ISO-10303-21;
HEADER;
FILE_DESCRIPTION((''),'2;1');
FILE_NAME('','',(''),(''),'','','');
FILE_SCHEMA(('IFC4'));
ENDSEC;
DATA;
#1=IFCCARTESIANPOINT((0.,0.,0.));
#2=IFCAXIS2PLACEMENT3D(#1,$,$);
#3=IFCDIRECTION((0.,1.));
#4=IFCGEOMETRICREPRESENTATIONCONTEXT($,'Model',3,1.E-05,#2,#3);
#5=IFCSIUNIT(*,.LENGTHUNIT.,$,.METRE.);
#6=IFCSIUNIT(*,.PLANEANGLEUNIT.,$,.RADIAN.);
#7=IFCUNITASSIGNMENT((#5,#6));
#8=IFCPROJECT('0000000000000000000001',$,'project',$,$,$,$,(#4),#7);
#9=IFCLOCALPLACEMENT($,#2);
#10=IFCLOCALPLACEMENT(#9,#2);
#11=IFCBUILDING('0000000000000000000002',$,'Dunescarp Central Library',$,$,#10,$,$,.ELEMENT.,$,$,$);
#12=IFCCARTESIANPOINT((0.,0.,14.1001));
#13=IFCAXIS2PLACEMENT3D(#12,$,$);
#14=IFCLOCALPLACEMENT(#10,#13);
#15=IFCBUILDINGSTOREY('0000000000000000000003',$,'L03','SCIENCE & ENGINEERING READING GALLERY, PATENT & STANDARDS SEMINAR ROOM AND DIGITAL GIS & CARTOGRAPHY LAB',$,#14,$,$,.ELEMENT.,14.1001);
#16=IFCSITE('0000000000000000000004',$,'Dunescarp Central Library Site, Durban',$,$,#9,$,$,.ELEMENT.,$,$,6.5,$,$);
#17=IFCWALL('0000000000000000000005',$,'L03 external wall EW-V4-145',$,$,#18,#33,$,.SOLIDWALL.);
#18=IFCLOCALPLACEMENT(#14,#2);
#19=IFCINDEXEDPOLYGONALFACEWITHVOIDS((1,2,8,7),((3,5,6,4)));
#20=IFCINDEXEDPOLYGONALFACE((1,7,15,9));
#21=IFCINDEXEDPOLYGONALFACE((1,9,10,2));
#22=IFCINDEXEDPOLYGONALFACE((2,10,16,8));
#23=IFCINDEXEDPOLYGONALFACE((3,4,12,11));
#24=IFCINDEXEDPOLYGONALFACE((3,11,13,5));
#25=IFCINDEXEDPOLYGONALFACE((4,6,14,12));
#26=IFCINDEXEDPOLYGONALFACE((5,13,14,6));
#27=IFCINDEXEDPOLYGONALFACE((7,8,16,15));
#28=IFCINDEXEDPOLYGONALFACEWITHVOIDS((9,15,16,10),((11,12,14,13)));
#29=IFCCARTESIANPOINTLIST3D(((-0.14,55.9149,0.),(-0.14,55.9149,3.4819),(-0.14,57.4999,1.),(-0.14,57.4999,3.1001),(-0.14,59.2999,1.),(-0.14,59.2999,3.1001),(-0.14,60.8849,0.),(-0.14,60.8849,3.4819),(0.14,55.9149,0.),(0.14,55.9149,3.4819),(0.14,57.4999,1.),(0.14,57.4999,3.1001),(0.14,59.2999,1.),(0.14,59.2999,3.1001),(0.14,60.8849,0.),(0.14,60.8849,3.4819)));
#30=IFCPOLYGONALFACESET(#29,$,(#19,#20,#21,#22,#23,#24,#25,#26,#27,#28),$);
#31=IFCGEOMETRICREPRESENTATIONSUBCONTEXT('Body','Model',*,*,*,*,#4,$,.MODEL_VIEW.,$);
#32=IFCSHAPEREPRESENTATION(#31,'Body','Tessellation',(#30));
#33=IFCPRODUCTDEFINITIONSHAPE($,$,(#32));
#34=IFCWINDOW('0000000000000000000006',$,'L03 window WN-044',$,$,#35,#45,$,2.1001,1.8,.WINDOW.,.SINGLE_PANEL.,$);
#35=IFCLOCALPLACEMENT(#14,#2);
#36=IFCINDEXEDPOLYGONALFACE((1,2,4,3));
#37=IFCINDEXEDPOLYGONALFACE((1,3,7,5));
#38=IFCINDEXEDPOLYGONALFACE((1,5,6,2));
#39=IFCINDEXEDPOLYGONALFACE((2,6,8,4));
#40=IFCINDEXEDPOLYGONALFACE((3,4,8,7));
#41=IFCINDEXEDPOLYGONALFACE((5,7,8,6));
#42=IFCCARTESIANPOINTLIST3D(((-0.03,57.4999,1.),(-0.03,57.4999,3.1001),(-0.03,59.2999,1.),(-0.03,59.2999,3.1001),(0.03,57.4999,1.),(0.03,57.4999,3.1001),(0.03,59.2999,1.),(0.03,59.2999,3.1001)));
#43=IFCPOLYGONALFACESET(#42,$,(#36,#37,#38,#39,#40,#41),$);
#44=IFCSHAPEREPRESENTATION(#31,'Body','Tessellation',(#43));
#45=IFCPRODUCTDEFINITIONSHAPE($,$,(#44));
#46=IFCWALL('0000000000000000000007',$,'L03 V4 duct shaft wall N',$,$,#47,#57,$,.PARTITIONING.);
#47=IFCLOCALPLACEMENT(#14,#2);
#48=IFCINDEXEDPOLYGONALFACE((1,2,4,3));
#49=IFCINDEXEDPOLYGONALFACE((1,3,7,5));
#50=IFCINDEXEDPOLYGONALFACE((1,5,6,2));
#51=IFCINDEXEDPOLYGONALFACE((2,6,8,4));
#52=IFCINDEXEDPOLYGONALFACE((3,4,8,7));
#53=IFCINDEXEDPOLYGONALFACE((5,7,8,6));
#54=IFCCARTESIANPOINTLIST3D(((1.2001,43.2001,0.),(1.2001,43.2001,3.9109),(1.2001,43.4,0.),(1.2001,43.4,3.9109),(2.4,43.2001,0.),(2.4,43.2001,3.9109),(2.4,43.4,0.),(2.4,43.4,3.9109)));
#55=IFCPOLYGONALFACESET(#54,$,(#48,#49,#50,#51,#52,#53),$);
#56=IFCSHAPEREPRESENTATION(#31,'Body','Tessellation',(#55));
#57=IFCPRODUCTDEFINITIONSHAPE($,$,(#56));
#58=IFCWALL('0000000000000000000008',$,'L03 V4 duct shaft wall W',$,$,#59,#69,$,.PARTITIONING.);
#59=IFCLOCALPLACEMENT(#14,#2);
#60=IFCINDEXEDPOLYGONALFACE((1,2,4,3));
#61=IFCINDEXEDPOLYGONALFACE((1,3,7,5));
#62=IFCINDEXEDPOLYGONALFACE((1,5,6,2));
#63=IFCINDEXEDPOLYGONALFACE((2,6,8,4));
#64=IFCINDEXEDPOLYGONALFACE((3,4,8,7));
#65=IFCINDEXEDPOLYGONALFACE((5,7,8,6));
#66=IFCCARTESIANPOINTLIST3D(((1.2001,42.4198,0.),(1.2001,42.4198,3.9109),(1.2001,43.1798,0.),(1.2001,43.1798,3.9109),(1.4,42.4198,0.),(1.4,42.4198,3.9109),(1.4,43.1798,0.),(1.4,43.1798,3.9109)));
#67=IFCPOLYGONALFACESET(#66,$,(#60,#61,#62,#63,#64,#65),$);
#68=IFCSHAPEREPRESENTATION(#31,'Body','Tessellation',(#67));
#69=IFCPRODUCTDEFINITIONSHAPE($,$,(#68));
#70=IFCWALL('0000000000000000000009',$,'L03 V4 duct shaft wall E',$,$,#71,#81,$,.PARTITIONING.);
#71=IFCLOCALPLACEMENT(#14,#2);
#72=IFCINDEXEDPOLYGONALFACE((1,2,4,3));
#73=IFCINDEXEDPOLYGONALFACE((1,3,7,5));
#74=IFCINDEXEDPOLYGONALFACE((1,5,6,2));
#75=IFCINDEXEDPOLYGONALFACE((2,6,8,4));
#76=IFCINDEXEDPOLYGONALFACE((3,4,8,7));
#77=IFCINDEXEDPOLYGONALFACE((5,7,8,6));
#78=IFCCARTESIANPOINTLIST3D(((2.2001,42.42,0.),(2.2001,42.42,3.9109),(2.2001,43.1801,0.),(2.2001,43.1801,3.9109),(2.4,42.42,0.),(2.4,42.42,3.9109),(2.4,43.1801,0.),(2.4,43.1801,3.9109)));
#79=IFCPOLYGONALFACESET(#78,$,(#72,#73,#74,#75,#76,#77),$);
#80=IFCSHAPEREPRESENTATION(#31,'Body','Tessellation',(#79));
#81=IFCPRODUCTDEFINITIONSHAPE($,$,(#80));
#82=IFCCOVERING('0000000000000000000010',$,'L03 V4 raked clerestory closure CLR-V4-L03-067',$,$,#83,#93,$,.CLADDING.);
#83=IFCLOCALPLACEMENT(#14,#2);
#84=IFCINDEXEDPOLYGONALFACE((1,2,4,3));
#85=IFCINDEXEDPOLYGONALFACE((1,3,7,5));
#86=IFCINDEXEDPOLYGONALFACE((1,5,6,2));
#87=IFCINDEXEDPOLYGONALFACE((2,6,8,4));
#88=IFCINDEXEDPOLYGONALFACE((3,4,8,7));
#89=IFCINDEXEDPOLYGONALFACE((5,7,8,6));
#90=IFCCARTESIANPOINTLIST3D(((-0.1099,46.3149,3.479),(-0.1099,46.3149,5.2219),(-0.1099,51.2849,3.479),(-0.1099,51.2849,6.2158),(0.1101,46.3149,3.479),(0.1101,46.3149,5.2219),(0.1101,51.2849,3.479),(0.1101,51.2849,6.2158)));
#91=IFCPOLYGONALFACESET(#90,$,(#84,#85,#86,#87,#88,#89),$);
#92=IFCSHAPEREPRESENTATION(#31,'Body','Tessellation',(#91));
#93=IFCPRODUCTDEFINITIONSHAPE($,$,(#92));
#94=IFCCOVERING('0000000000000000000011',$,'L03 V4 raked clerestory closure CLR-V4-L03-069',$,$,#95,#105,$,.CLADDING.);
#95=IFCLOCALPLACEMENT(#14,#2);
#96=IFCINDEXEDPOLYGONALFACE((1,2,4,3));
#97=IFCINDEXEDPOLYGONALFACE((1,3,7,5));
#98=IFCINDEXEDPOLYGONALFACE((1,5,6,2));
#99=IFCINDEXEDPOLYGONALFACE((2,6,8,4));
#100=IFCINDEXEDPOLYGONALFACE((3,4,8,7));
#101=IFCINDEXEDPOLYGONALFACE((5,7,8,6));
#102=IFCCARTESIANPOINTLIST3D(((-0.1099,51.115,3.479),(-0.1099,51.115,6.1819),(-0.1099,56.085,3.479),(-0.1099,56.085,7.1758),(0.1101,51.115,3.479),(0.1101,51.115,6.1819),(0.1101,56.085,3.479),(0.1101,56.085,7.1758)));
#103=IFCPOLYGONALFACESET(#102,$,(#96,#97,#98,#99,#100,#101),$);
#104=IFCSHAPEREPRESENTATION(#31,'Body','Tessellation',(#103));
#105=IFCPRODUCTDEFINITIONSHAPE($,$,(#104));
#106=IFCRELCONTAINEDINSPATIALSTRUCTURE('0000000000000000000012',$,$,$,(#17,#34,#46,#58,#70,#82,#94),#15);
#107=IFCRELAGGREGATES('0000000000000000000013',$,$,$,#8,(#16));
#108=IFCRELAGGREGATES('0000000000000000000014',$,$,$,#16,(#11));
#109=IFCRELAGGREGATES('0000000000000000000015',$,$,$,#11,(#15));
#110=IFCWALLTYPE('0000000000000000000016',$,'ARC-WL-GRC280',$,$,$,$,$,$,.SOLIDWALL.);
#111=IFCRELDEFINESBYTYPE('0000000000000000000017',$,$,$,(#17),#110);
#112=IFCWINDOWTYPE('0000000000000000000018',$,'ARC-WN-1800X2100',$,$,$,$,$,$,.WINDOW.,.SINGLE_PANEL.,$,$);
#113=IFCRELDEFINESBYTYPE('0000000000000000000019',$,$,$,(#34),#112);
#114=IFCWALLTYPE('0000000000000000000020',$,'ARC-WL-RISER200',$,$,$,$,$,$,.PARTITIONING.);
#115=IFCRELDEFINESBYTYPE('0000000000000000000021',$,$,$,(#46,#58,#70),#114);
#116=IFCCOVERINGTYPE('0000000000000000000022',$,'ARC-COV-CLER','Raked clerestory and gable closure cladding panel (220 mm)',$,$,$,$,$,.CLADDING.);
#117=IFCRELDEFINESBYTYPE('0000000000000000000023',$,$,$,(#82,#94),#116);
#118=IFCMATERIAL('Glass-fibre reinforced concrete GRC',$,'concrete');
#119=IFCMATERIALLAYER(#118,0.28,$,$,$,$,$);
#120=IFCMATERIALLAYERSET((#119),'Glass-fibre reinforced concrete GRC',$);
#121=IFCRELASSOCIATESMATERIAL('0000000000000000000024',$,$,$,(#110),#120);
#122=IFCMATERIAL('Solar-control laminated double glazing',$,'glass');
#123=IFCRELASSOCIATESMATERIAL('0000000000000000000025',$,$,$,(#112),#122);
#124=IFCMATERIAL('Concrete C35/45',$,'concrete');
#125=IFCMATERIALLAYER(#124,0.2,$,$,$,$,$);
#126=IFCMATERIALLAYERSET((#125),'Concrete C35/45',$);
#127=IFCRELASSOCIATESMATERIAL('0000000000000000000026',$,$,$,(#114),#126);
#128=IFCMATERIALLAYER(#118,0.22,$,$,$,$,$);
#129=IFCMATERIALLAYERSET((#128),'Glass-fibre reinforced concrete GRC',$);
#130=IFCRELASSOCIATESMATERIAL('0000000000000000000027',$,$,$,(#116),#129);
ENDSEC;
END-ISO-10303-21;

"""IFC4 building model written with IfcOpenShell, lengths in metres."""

from ifc_helpers import new_model, si_unit, direction, frame, frame_2d, origin, place, context, subcontext, project, spatial, polyline, rectangle, outline, extrude, material, layer, layer_set, type_object, element, fill, save


model = new_model("IFC4")

# Units and contexts
model_context = context("Model", 3, precision=1e-05, world=origin(), true_north=direction((0.0, 1.0)))
body_context = subcontext(model_context, "Body", "Model", "MODEL_VIEW")
ifc_project = project(units=[si_unit("LENGTHUNIT", "METRE"), si_unit("PLANEANGLEUNIT", "RADIAN")], contexts=[model_context])

# Site, building, storey
site_placement = place(None, origin())
site = spatial("IfcSite", under=ifc_project, at=site_placement, Name="Dunescarp Central Library Site, Durban", CompositionType="ELEMENT", RefElevation=6.5)
building_placement = place(site_placement, origin())
building = spatial("IfcBuilding", under=site, at=building_placement, Name="Dunescarp Central Library", CompositionType="ELEMENT")
storey_placement = place(building_placement, frame((0.0, 0.0, 14.1001)))
storey = spatial("IfcBuildingStorey", under=building, at=storey_placement, Name="L03", Description="SCIENCE & ENGINEERING READING GALLERY, PATENT & STANDARDS SEMINAR ROOM AND DIGITAL GIS & CARTOGRAPHY LAB", CompositionType="ELEMENT", Elevation=14.1001)

# Wall, opening, window
ifc_material_1 = material(Name="Glass-fibre reinforced concrete GRC", Category="concrete")
ifc_layer_1 = layer(ifc_material_1, 0.28)
ifc_layer_set_1 = layer_set([ifc_layer_1], Name="Glass-fibre reinforced concrete GRC")
wall_type_1 = type_object("IfcWallType", Name="ARC-WL-GRC280", PredefinedType="SOLIDWALL", material=ifc_layer_set_1)
ifc_material_2 = material(Name="Solar-control laminated double glazing", Category="glass")
window_type = type_object("IfcWindowType", Name="ARC-WN-1800X2100", PartitioningType="SINGLE_PANEL", PredefinedType="WINDOW", material=ifc_material_2)
wall_1_placement = place(storey_placement, frame((0.0, 55.915, 0.0), z_axis=(0.0, 0.0, 1.0), x_axis=(0.0, 1.0, 0.0)))
wall_1 = element("IfcWall", 1, at=wall_1_placement, inside=storey, type_object=wall_type_1, Name="L03 external wall EW-V4-145", PredefinedType="SOLIDWALL", context=body_context, shape_type="SweptSolid", body=[
    extrude(rectangle(XDim=4.97, YDim=0.28, at=frame_2d((2.4849, 0.0))), origin(), (0.0, 0.0, 1.0), 3.4819),
])
opening_1_placement = place(wall_1_placement, frame((1.585, 0.0, 1.0)))
opening_1 = element("IfcOpeningElement", 2, at=opening_1_placement, cuts=wall_1, PredefinedType="OPENING", context=body_context, shape_type="SweptSolid", body=[
    extrude(rectangle(XDim=1.8, YDim=2.1001, at=frame_2d((0.8999, 1.05))), frame((0.0, 0.1499, 0.0), z_axis=(0.0, -1.0, 0.0), x_axis=(1.0, 0.0, 0.0)), (0.0, 0.0, 1.0), 0.3),
])
window_1_placement = place(opening_1_placement, origin())
window_1 = element("IfcWindow", 3, at=window_1_placement, inside=storey, type_object=window_type, Name="L03 window WN-044", OverallHeight=2.1001, OverallWidth=1.8, PartitioningType="SINGLE_PANEL", PredefinedType="WINDOW", context=body_context, shape_type="SweptSolid", body=[
    extrude(rectangle(XDim=1.8, YDim=2.1001, at=frame_2d((0.8999, 1.05))), frame((0.0, 0.03, 0.0), z_axis=(0.0, -1.0, 0.0), x_axis=(1.0, 0.0, 0.0)), (0.0, 0.0, 1.0), 0.0601),
])
fill(opening_1, window_1)

# Walls
ifc_material_3 = material(Name="Concrete C35/45", Category="concrete")
ifc_layer_2 = layer(ifc_material_3, 0.2)
ifc_layer_set_2 = layer_set([ifc_layer_2], Name="Concrete C35/45")
wall_type_2 = type_object("IfcWallType", Name="ARC-WL-RISER200", PredefinedType="PARTITIONING", material=ifc_layer_set_2)
wall_2_placement = place(storey_placement, frame((1.2, 43.3, 0.0), z_axis=(0.0, 0.0, 1.0), x_axis=(1.0, 0.0, 0.0)))
element("IfcWall", 4, at=wall_2_placement, inside=storey, type_object=wall_type_2, Name="L03 V4 duct shaft wall N", PredefinedType="PARTITIONING", context=body_context, shape_type="SweptSolid", body=[
    extrude(rectangle(XDim=1.2, YDim=0.2, at=frame_2d((0.6001, 0.0))), origin(), (0.0, 0.0, 1.0), 3.9109),
])
for number, where, z_axis, x_axis, name in (
    (5, (1.3, 42.4199, 0.0), (0.0, 0.0, 1.0), (0.0, 1.0, 0.0), "L03 V4 duct shaft wall W"),
    (6, (2.3, 43.1799, 0.0), (0.0, 0.0, 1.0), (0.0, -1.0, 0.0), "L03 V4 duct shaft wall E"),
):
    element("IfcWall", number, at=place(storey_placement, frame(where, z_axis=z_axis, x_axis=x_axis)), inside=storey, type_object=wall_type_2, Name=name, PredefinedType="PARTITIONING", context=body_context, shape_type="SweptSolid", body=[
        extrude(rectangle(XDim=0.76, YDim=0.2, at=frame_2d((0.3799, 0.0))), origin(), (0.0, 0.0, 1.0), 3.9109),
    ])

# Coverings
ifc_layer_3 = layer(ifc_material_1, 0.22)
ifc_layer_set_3 = layer_set([ifc_layer_3], Name="Glass-fibre reinforced concrete GRC")
covering_type = type_object("IfcCoveringType", Name="ARC-COV-CLER", Description="Raked clerestory and gable closure cladding panel (220 mm)", PredefinedType="CLADDING", material=ifc_layer_set_3)
covering_1_placement = place(storey_placement, frame((0.0, 46.3149, 3.479), z_axis=(0.0, 0.0, 1.0), x_axis=(0.0, 1.0, 0.0)))
element("IfcCovering", 7, at=covering_1_placement, inside=storey, type_object=covering_type, Name="L03 V4 raked clerestory closure CLR-V4-L03-067", PredefinedType="CLADDING", context=body_context, shape_type="SweptSolid", body=[
    extrude(outline(polyline([(0.0, 0.0), (4.97, 0.0), (4.97, 2.7368), (0.0, 1.7429), (0.0, 0.0)])), frame((0.0, 0.1099, 0.0), z_axis=(0.0, -1.0, 0.0), x_axis=(1.0, 0.0, 0.0)), (0.0, 0.0, 1.0), 0.22),
])
covering_2_placement = place(storey_placement, frame((0.0, 51.115, 3.479), z_axis=(0.0, 0.0, 1.0), x_axis=(0.0, 1.0, 0.0)))
element("IfcCovering", 8, at=covering_2_placement, inside=storey, type_object=covering_type, Name="L03 V4 raked clerestory closure CLR-V4-L03-069", PredefinedType="CLADDING", context=body_context, shape_type="SweptSolid", body=[
    extrude(outline(polyline([(0.0, 0.0), (4.97, 0.0), (4.97, 3.6968), (0.0, 2.7029), (0.0, 0.0)])), frame((0.0, 0.1099, 0.0), z_axis=(0.0, -1.0, 0.0), x_axis=(1.0, 0.0, 0.0)), (0.0, 0.0, 1.0), 0.22),
])

save(model, "model.ifc")
